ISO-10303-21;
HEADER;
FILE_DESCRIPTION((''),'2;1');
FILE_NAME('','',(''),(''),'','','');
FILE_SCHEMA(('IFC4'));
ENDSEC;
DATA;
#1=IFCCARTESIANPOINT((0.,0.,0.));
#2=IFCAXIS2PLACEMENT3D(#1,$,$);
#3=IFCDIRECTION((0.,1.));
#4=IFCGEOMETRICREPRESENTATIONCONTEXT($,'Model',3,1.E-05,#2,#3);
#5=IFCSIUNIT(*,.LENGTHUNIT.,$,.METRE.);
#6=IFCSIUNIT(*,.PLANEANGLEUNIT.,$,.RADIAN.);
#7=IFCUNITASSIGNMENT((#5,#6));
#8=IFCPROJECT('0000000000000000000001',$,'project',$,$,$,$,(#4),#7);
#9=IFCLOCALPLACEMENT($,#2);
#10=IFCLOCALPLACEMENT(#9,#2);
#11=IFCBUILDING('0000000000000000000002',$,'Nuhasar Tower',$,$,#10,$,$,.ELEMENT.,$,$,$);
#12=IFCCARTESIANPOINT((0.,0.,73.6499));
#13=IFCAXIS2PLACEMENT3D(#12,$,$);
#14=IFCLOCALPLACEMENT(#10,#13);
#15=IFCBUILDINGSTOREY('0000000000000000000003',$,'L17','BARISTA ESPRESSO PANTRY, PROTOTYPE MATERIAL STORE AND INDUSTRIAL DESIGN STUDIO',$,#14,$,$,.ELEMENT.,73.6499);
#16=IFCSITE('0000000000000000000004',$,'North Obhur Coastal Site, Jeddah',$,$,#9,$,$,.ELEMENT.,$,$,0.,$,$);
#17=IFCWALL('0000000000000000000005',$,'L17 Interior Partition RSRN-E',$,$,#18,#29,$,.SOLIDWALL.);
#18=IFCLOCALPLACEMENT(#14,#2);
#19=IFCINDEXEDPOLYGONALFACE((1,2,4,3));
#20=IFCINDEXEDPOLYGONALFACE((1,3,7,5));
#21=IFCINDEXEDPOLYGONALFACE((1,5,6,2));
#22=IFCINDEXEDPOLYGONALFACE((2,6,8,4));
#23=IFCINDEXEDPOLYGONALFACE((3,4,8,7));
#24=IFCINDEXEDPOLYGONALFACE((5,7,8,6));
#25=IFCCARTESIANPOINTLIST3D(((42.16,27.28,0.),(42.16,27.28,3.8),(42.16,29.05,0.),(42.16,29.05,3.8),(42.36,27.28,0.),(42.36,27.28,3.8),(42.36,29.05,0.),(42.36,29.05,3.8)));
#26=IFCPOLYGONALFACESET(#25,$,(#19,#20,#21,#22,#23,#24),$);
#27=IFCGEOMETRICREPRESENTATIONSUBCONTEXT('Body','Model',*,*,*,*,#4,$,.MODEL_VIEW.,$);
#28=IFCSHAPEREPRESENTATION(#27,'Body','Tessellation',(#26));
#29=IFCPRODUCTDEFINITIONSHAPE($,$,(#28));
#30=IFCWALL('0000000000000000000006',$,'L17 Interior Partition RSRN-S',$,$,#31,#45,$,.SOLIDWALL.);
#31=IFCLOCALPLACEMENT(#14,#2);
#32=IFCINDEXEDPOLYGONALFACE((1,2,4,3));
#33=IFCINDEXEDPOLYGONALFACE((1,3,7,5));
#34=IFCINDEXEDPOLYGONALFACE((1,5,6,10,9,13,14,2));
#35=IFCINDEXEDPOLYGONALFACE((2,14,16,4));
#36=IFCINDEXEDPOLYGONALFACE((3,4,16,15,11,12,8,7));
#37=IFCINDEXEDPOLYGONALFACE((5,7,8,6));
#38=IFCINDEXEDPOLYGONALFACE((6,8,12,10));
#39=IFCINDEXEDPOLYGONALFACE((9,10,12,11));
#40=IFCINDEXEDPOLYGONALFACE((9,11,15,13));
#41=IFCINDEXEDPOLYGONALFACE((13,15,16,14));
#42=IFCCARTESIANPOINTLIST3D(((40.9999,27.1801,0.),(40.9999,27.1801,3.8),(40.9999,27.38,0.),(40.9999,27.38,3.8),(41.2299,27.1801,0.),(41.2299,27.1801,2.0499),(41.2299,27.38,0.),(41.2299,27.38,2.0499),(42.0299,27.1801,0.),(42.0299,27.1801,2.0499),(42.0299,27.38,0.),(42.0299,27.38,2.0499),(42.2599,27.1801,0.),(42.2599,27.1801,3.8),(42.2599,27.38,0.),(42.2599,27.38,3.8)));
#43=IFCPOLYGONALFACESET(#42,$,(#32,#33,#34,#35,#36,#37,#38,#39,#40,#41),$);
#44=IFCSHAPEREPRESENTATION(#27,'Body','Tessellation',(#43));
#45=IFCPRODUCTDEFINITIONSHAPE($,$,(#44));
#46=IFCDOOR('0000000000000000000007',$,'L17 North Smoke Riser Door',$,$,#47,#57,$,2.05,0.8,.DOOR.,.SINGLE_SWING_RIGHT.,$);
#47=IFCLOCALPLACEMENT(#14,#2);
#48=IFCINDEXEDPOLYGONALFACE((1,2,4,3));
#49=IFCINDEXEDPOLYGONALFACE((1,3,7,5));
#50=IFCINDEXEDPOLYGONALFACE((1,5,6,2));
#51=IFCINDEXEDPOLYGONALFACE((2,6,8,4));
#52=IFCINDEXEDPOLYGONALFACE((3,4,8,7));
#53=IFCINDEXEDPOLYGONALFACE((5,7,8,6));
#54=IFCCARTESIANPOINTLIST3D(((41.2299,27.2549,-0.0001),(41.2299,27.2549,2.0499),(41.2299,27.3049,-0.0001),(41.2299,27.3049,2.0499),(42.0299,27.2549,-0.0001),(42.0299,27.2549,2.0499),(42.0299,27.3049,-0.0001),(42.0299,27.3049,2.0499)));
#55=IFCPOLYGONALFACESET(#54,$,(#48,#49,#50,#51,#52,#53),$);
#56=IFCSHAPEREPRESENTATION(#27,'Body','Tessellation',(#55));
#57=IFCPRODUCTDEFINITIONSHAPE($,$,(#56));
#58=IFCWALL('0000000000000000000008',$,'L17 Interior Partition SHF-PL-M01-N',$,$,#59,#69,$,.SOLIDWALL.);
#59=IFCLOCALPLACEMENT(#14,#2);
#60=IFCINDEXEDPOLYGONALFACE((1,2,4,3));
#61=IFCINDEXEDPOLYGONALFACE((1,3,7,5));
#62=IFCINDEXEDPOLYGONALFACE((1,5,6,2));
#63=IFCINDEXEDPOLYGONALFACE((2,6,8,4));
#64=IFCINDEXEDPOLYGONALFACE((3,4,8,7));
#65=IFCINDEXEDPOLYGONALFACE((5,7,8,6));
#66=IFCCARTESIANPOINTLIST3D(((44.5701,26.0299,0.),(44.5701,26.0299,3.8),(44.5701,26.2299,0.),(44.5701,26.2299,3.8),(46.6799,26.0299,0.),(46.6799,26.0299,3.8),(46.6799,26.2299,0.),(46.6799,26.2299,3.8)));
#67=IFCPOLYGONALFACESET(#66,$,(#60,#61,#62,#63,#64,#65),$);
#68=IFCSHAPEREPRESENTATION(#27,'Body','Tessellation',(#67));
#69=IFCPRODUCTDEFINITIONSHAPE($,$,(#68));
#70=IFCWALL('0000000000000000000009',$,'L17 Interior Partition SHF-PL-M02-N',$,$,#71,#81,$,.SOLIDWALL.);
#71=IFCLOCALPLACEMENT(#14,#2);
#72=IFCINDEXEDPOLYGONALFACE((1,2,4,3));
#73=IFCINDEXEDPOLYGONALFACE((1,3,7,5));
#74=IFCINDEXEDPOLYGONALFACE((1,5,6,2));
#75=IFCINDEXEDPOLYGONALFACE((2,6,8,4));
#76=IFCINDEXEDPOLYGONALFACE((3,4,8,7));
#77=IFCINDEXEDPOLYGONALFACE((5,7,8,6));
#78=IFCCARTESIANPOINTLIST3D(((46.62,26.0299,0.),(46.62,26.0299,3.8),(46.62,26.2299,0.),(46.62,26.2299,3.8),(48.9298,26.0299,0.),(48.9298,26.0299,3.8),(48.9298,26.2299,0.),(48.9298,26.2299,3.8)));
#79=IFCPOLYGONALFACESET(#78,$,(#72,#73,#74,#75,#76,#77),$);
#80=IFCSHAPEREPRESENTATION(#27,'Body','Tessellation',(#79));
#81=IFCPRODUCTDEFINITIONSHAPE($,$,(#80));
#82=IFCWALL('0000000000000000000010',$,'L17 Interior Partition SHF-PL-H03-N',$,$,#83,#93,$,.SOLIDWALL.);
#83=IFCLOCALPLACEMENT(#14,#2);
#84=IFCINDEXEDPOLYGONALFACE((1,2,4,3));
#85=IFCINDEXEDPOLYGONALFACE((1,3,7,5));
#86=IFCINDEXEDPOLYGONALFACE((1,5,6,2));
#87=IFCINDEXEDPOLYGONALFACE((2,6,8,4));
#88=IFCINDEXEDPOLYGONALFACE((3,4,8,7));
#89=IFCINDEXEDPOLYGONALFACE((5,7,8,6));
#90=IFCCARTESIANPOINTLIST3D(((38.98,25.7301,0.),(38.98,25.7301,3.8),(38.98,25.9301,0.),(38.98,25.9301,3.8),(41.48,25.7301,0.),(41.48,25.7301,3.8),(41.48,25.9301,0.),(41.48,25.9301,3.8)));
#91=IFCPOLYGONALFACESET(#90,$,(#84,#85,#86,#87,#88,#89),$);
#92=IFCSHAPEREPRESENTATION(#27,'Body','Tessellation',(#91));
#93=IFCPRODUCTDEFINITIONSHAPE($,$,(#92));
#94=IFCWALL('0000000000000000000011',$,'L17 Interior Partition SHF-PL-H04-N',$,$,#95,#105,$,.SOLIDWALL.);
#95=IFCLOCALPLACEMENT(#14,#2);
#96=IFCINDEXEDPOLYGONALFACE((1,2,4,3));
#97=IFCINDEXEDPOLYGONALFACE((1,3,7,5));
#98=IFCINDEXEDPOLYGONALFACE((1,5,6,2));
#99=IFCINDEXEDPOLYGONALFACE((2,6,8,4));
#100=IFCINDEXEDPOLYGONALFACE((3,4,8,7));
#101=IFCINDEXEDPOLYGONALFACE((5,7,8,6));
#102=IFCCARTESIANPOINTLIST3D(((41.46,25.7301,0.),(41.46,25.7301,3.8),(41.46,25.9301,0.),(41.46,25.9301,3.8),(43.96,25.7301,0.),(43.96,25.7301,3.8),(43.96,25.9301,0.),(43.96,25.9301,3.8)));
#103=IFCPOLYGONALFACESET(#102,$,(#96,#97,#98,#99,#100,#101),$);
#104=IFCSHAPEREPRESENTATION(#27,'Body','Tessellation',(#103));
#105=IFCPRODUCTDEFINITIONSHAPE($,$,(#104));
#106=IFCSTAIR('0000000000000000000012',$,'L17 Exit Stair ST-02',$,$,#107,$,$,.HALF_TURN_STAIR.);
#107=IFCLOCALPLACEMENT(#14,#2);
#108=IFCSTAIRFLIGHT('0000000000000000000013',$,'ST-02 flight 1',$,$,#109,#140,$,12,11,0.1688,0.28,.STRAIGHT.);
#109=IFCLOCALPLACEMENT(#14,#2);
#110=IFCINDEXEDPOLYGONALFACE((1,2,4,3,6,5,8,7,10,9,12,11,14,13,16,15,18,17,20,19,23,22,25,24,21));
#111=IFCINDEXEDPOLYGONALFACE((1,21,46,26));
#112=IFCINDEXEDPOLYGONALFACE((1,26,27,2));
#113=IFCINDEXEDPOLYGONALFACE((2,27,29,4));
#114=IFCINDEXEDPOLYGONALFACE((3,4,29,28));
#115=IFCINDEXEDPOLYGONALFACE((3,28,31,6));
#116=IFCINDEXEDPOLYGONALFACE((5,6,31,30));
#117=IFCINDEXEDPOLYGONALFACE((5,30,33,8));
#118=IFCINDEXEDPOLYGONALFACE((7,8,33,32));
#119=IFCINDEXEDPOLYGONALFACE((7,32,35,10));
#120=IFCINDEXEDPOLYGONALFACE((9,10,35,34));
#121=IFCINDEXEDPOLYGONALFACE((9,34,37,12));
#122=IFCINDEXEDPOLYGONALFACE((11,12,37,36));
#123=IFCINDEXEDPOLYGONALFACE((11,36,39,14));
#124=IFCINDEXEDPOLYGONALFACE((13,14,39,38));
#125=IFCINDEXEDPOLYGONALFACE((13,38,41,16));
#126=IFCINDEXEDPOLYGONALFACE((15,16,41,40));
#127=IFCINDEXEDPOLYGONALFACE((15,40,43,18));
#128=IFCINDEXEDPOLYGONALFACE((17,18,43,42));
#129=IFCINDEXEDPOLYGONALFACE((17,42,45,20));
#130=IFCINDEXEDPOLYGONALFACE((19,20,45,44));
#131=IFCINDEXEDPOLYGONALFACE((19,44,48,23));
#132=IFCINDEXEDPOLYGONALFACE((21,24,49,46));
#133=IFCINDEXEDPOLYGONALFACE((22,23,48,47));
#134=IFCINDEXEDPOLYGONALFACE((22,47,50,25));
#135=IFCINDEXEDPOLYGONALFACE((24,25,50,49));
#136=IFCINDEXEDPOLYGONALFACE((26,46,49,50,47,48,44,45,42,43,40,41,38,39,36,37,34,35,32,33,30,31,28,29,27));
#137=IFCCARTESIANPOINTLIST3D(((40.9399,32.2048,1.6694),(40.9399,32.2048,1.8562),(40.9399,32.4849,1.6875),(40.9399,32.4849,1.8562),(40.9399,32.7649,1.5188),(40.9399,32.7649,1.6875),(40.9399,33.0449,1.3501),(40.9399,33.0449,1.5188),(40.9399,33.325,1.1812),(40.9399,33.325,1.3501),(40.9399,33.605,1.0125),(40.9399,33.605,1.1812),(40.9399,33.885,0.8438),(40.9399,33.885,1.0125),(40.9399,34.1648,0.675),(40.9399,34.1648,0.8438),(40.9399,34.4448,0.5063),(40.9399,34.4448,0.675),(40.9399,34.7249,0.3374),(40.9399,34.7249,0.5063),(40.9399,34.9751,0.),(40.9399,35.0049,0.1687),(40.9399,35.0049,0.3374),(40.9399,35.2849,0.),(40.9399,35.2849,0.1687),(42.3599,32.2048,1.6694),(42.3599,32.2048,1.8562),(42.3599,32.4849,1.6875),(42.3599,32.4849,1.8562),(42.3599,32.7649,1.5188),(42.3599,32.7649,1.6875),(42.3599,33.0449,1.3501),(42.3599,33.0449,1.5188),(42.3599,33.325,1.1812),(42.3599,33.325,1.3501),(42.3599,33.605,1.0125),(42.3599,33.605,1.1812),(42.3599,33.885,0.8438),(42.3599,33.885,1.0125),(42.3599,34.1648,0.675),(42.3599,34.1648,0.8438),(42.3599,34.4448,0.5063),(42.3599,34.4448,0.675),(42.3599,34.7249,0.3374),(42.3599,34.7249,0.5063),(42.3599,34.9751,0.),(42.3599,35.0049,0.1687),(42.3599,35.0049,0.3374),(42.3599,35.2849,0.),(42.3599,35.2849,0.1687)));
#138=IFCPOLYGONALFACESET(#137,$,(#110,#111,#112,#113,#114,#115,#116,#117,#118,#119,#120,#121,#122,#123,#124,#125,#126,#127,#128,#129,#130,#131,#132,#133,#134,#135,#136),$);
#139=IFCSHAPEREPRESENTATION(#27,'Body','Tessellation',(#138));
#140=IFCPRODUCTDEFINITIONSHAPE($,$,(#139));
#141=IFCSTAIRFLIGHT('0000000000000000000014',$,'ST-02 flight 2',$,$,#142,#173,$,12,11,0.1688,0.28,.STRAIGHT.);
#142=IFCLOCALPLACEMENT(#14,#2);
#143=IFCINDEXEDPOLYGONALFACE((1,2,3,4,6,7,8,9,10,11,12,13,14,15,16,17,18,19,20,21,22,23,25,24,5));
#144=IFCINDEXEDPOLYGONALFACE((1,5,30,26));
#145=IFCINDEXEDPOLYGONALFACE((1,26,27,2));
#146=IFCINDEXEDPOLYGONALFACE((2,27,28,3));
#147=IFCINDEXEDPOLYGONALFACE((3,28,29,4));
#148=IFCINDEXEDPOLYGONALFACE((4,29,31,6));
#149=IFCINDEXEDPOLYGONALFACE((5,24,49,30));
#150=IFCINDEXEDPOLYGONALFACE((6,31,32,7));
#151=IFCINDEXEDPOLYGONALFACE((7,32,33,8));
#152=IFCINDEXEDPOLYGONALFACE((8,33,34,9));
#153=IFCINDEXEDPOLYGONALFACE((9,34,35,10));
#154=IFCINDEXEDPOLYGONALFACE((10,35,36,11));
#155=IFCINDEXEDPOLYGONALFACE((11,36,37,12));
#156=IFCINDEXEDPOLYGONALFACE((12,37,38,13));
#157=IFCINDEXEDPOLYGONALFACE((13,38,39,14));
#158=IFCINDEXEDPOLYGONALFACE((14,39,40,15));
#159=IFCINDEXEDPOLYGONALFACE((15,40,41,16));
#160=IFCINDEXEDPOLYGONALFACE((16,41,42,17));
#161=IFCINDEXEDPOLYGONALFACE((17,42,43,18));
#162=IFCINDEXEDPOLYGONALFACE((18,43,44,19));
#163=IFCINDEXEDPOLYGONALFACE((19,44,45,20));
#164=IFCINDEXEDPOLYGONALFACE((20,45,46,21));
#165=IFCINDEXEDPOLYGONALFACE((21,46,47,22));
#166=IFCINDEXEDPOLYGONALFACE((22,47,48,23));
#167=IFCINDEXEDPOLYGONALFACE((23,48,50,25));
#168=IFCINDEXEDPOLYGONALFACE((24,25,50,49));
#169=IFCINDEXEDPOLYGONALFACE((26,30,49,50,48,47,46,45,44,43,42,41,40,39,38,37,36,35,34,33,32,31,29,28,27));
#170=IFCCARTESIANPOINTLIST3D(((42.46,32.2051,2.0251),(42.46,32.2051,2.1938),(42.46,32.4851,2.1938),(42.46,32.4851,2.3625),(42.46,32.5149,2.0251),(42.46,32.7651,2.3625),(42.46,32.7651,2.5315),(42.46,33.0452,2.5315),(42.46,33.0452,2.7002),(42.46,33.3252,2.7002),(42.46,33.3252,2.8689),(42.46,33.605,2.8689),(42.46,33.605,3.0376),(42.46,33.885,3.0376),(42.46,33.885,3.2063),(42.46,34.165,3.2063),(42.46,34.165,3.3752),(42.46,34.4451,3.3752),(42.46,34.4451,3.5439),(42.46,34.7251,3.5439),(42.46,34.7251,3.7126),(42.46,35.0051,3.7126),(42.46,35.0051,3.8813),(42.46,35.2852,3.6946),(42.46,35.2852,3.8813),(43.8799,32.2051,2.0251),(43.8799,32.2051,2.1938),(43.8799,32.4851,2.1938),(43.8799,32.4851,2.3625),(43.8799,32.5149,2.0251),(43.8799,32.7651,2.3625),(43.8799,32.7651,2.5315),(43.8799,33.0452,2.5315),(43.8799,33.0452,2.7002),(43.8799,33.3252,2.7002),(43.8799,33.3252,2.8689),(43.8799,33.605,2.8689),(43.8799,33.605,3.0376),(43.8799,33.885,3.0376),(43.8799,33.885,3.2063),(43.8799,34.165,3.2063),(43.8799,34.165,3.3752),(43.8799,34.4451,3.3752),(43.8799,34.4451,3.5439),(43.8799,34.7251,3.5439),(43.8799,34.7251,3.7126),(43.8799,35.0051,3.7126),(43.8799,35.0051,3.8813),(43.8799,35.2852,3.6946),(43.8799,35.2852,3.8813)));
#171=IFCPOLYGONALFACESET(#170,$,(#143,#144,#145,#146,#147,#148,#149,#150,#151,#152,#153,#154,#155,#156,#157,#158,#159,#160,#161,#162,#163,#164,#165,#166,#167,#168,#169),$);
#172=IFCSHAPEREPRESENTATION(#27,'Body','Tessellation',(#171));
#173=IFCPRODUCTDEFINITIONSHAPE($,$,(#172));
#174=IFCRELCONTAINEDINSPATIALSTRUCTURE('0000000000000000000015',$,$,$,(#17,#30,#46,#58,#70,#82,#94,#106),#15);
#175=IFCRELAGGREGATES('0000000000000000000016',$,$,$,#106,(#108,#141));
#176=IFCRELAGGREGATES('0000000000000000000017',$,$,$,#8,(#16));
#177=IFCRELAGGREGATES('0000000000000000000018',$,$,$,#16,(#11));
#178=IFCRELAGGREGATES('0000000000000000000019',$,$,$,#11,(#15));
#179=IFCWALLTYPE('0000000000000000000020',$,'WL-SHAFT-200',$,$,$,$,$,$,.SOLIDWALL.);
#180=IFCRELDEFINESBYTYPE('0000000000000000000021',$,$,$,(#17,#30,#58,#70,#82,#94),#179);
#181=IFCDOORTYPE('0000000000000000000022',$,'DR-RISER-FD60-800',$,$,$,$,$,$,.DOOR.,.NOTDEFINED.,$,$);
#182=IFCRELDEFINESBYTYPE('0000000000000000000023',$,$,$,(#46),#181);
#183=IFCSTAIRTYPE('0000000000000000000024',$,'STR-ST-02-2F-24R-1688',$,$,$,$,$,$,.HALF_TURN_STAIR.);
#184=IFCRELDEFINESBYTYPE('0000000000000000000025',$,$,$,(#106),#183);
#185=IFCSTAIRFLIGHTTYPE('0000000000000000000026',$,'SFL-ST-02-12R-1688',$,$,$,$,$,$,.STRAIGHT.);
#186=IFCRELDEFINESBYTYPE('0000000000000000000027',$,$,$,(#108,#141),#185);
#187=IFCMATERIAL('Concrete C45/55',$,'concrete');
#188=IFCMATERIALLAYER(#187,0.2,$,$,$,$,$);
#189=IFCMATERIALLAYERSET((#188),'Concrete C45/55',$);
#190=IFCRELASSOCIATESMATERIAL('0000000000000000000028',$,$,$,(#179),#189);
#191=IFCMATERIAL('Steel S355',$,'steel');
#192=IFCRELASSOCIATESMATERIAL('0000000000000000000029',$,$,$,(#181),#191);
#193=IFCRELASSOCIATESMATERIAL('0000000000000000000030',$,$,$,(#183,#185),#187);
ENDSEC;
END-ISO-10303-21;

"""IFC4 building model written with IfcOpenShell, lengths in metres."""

from ifc_helpers import new_model, si_unit, direction, frame, frame_2d, origin, place, context, subcontext, project, spatial, polyline, rectangle, outline, extrude, material, layer, layer_set, type_object, element, fill, aggregate, save


model = new_model("IFC4")

# Units and contexts
model_context = context("Model", 3, precision=1e-05, world=origin(), true_north=direction((0.0, 1.0)))
body_context = subcontext(model_context, "Body", "Model", "MODEL_VIEW")
ifc_project = project(units=[si_unit("LENGTHUNIT", "METRE"), si_unit("PLANEANGLEUNIT", "RADIAN")], contexts=[model_context])

# Site, building, storey
site_placement = place(None, origin())
site = spatial("IfcSite", under=ifc_project, at=site_placement, Name="North Obhur Coastal Site, Jeddah", CompositionType="ELEMENT", RefElevation=0.0)
building_placement = place(site_placement, origin())
building = spatial("IfcBuilding", under=site, at=building_placement, Name="Nuhasar Tower", CompositionType="ELEMENT")
storey_placement = place(building_placement, frame((0.0, 0.0, 73.6499)))
storey = spatial("IfcBuildingStorey", under=building, at=storey_placement, Name="L17", Description="BARISTA ESPRESSO PANTRY, PROTOTYPE MATERIAL STORE AND INDUSTRIAL DESIGN STUDIO", CompositionType="ELEMENT", Elevation=73.6499)

# Shared definitions
ifc_material_1 = material(Name="Steel S355", Category="steel")

# Shared definitions
ifc_material_2 = material(Name="Concrete C45/55", Category="concrete")

# Wall
ifc_layer_1 = layer(ifc_material_2, 0.2)
ifc_layer_set_1 = layer_set([ifc_layer_1], Name="Concrete C45/55")
wall_type_1 = type_object("IfcWallType", Name="WL-SHAFT-200", PredefinedType="SOLIDWALL", material=ifc_layer_set_1)
for number, where, z_axis, x_axis, name in (
    (1, (42.26, 27.28, 0.0), (0.0, 0.0, 1.0), (0.0, 1.0, 0.0), "L17 Interior Partition RSRN-E"),
):
    element("IfcWall", number, at=place(storey_placement, frame(where, z_axis=z_axis, x_axis=x_axis)), inside=storey, type_object=wall_type_1, Name=name, PredefinedType="SOLIDWALL", context=body_context, shape_type="SweptSolid", body=[
        extrude(rectangle(XDim=1.77, YDim=0.2, at=frame_2d((0.885, 0.0))), origin(), (0.0, 0.0, 1.0), 3.8),
    ])

# Wall, opening, door
wall_1_placement = place(storey_placement, frame((41.0, 27.28, 0.0), z_axis=(0.0, 0.0, 1.0), x_axis=(1.0, 0.0, 0.0)))
wall_1 = element("IfcWall", 2, at=wall_1_placement, inside=storey, type_object=wall_type_1, Name="L17 Interior Partition RSRN-S", PredefinedType="SOLIDWALL", context=body_context, shape_type="SweptSolid", body=[
    extrude(rectangle(XDim=1.26, YDim=0.2, at=frame_2d((0.6299, 0.0))), origin(), (0.0, 0.0, 1.0), 3.8),
])
opening_1_placement = place(wall_1_placement, frame((0.23, 0.0, 0.0)))
opening_1 = element("IfcOpeningElement", 3, at=opening_1_placement, cuts=wall_1, PredefinedType="OPENING", context=body_context, shape_type="SweptSolid", body=[
    extrude(rectangle(XDim=0.8, YDim=2.05, at=frame_2d((0.3999, 1.0249))), frame((0.0, 0.1099, 0.0), z_axis=(0.0, -1.0, 0.0), x_axis=(1.0, 0.0, 0.0)), (0.0, 0.0, 1.0), 0.22),
])
door_type_1 = type_object("IfcDoorType", Name="DR-RISER-FD60-800", OperationType="NOTDEFINED", PredefinedType="DOOR", material=ifc_material_1)
door_1_placement = place(opening_1_placement, origin())
door_1 = element("IfcDoor", 4, at=door_1_placement, inside=storey, type_object=door_type_1, Name="L17 North Smoke Riser Door", OperationType="SINGLE_SWING_RIGHT", OverallHeight=2.05, OverallWidth=0.8, PredefinedType="DOOR", context=body_context, shape_type="SweptSolid", body=[
    extrude(rectangle(XDim=0.8, YDim=2.05, at=frame_2d((0.3999, 1.0249))), frame((0.0, 0.0249, 0.0), z_axis=(0.0, -1.0, 0.0), x_axis=(1.0, 0.0, 0.0)), (0.0, 0.0, 1.0), 0.05),
])
fill(opening_1, door_1)

# Walls
wall_2_placement = place(storey_placement, frame((44.5701, 26.1299, 0.0), z_axis=(0.0, 0.0, 1.0), x_axis=(1.0, 0.0, 0.0)))
element("IfcWall", 5, at=wall_2_placement, inside=storey, type_object=wall_type_1, Name="L17 Interior Partition SHF-PL-M01-N", PredefinedType="SOLIDWALL", context=body_context, shape_type="SweptSolid", body=[
    extrude(rectangle(XDim=2.1099, YDim=0.2, at=frame_2d((1.0549, 0.0))), origin(), (0.0, 0.0, 1.0), 3.8),
])
wall_3_placement = place(storey_placement, frame((46.6201, 26.1299, 0.0), z_axis=(0.0, 0.0, 1.0), x_axis=(1.0, 0.0, 0.0)))
element("IfcWall", 6, at=wall_3_placement, inside=storey, type_object=wall_type_1, Name="L17 Interior Partition SHF-PL-M02-N", PredefinedType="SOLIDWALL", context=body_context, shape_type="SweptSolid", body=[
    extrude(rectangle(XDim=2.3098, YDim=0.2, at=frame_2d((1.1548, 0.0))), origin(), (0.0, 0.0, 1.0), 3.8),
])
for number, where, z_axis, x_axis, name in (
    (7, (38.98, 25.8301, 0.0), (0.0, 0.0, 1.0), (1.0, 0.0, 0.0), "L17 Interior Partition SHF-PL-H03-N"),
    (8, (41.46, 25.8301, 0.0), (0.0, 0.0, 1.0), (1.0, 0.0, 0.0), "L17 Interior Partition SHF-PL-H04-N"),
):
    element("IfcWall", number, at=place(storey_placement, frame(where, z_axis=z_axis, x_axis=x_axis)), inside=storey, type_object=wall_type_1, Name=name, PredefinedType="SOLIDWALL", context=body_context, shape_type="SweptSolid", body=[
        extrude(rectangle(XDim=2.5, YDim=0.2, at=frame_2d((1.25, 0.0))), origin(), (0.0, 0.0, 1.0), 3.8),
    ])

# Stair, stair flights
stair_type_1 = type_object("IfcStairType", Name="STR-ST-02-2F-24R-1688", PredefinedType="HALF_TURN_STAIR", material=ifc_material_2)
stair_1_placement = place(storey_placement, origin())
stair_1 = element("IfcStair", 9, at=stair_1_placement, inside=storey, type_object=stair_type_1, Name="L17 Exit Stair ST-02", PredefinedType="HALF_TURN_STAIR")
stair_flight_type_1 = type_object("IfcStairFlightType", Name="SFL-ST-02-12R-1688", PredefinedType="STRAIGHT", material=ifc_material_2)
stair_flight_1_placement = place(storey_placement, frame((41.6499, 35.2849, 0.0), z_axis=(0.0, 0.0, 1.0), x_axis=(0.0, -1.0, 0.0)))
stair_flight_1 = element("IfcStairFlight", 10, at=stair_flight_1_placement, type_object=stair_flight_type_1, Name="ST-02 flight 1", NumberOfRisers=12, NumberOfTreads=11, PredefinedType="STRAIGHT", RiserHeight=0.1688, TreadLength=0.28, context=body_context, shape_type="SweptSolid", body=[
    extrude(outline(polyline([(0.0, 0.0), (0.0, 0.1687), (0.28, 0.1687), (0.28, 0.3374), (0.5601, 0.3374), (0.5601, 0.5063), (0.8401, 0.5063), (0.8401, 0.675), (1.1201, 0.675), (1.1201, 0.8438), (1.3999, 0.8438), (1.3999, 1.0125), (1.6799, 1.0125), (1.6799, 1.1812), (1.96, 1.1812), (1.96, 1.3501), (2.24, 1.3501), (2.24, 1.5188), (2.52, 1.5188), (2.52, 1.6875), (2.8, 1.6875), (2.8, 1.8562), (3.0801, 1.8562), (3.0801, 2.0249), (3.0801, 1.6694), (0.3098, 0.0), (0.0, 0.0)])), frame((0.0, 0.71, 0.0), z_axis=(0.0, -1.0, 0.0), x_axis=(1.0, 0.0, 0.0)), (0.0, 0.0, 1.0), 1.4199),
])
stair_flight_2_placement = place(storey_placement, frame((43.1699, 32.2051, 2.0251), z_axis=(0.0, 0.0, 1.0), x_axis=(0.0, 1.0, 0.0)))
stair_flight_2 = element("IfcStairFlight", 11, at=stair_flight_2_placement, type_object=stair_flight_type_1, Name="ST-02 flight 2", NumberOfRisers=12, NumberOfTreads=11, PredefinedType="STRAIGHT", RiserHeight=0.1688, TreadLength=0.28, context=body_context, shape_type="SweptSolid", body=[
    extrude(outline(polyline([(0.0, 0.0), (0.0, 0.1687), (0.28, 0.1687), (0.28, 0.3374), (0.5601, 0.3374), (0.5601, 0.5063), (0.8401, 0.5063), (0.8401, 0.675), (1.1201, 0.675), (1.1201, 0.8438), (1.3999, 0.8438), (1.3999, 1.0125), (1.6799, 1.0125), (1.6799, 1.1812), (1.96, 1.1812), (1.96, 1.3501), (2.24, 1.3501), (2.24, 1.5188), (2.52, 1.5188), (2.52, 1.6875), (2.8, 1.6875), (2.8, 1.8562), (3.0801, 1.8562), (3.0801, 2.0249), (3.0801, 1.6694), (0.3098, 0.0), (0.0, 0.0)])), frame((0.0, 0.71, 0.0), z_axis=(0.0, -1.0, 0.0), x_axis=(1.0, 0.0, 0.0)), (0.0, 0.0, 1.0), 1.4199),
])
aggregate(stair_1, [stair_flight_1, stair_flight_2])

save(model, "model.ifc")
